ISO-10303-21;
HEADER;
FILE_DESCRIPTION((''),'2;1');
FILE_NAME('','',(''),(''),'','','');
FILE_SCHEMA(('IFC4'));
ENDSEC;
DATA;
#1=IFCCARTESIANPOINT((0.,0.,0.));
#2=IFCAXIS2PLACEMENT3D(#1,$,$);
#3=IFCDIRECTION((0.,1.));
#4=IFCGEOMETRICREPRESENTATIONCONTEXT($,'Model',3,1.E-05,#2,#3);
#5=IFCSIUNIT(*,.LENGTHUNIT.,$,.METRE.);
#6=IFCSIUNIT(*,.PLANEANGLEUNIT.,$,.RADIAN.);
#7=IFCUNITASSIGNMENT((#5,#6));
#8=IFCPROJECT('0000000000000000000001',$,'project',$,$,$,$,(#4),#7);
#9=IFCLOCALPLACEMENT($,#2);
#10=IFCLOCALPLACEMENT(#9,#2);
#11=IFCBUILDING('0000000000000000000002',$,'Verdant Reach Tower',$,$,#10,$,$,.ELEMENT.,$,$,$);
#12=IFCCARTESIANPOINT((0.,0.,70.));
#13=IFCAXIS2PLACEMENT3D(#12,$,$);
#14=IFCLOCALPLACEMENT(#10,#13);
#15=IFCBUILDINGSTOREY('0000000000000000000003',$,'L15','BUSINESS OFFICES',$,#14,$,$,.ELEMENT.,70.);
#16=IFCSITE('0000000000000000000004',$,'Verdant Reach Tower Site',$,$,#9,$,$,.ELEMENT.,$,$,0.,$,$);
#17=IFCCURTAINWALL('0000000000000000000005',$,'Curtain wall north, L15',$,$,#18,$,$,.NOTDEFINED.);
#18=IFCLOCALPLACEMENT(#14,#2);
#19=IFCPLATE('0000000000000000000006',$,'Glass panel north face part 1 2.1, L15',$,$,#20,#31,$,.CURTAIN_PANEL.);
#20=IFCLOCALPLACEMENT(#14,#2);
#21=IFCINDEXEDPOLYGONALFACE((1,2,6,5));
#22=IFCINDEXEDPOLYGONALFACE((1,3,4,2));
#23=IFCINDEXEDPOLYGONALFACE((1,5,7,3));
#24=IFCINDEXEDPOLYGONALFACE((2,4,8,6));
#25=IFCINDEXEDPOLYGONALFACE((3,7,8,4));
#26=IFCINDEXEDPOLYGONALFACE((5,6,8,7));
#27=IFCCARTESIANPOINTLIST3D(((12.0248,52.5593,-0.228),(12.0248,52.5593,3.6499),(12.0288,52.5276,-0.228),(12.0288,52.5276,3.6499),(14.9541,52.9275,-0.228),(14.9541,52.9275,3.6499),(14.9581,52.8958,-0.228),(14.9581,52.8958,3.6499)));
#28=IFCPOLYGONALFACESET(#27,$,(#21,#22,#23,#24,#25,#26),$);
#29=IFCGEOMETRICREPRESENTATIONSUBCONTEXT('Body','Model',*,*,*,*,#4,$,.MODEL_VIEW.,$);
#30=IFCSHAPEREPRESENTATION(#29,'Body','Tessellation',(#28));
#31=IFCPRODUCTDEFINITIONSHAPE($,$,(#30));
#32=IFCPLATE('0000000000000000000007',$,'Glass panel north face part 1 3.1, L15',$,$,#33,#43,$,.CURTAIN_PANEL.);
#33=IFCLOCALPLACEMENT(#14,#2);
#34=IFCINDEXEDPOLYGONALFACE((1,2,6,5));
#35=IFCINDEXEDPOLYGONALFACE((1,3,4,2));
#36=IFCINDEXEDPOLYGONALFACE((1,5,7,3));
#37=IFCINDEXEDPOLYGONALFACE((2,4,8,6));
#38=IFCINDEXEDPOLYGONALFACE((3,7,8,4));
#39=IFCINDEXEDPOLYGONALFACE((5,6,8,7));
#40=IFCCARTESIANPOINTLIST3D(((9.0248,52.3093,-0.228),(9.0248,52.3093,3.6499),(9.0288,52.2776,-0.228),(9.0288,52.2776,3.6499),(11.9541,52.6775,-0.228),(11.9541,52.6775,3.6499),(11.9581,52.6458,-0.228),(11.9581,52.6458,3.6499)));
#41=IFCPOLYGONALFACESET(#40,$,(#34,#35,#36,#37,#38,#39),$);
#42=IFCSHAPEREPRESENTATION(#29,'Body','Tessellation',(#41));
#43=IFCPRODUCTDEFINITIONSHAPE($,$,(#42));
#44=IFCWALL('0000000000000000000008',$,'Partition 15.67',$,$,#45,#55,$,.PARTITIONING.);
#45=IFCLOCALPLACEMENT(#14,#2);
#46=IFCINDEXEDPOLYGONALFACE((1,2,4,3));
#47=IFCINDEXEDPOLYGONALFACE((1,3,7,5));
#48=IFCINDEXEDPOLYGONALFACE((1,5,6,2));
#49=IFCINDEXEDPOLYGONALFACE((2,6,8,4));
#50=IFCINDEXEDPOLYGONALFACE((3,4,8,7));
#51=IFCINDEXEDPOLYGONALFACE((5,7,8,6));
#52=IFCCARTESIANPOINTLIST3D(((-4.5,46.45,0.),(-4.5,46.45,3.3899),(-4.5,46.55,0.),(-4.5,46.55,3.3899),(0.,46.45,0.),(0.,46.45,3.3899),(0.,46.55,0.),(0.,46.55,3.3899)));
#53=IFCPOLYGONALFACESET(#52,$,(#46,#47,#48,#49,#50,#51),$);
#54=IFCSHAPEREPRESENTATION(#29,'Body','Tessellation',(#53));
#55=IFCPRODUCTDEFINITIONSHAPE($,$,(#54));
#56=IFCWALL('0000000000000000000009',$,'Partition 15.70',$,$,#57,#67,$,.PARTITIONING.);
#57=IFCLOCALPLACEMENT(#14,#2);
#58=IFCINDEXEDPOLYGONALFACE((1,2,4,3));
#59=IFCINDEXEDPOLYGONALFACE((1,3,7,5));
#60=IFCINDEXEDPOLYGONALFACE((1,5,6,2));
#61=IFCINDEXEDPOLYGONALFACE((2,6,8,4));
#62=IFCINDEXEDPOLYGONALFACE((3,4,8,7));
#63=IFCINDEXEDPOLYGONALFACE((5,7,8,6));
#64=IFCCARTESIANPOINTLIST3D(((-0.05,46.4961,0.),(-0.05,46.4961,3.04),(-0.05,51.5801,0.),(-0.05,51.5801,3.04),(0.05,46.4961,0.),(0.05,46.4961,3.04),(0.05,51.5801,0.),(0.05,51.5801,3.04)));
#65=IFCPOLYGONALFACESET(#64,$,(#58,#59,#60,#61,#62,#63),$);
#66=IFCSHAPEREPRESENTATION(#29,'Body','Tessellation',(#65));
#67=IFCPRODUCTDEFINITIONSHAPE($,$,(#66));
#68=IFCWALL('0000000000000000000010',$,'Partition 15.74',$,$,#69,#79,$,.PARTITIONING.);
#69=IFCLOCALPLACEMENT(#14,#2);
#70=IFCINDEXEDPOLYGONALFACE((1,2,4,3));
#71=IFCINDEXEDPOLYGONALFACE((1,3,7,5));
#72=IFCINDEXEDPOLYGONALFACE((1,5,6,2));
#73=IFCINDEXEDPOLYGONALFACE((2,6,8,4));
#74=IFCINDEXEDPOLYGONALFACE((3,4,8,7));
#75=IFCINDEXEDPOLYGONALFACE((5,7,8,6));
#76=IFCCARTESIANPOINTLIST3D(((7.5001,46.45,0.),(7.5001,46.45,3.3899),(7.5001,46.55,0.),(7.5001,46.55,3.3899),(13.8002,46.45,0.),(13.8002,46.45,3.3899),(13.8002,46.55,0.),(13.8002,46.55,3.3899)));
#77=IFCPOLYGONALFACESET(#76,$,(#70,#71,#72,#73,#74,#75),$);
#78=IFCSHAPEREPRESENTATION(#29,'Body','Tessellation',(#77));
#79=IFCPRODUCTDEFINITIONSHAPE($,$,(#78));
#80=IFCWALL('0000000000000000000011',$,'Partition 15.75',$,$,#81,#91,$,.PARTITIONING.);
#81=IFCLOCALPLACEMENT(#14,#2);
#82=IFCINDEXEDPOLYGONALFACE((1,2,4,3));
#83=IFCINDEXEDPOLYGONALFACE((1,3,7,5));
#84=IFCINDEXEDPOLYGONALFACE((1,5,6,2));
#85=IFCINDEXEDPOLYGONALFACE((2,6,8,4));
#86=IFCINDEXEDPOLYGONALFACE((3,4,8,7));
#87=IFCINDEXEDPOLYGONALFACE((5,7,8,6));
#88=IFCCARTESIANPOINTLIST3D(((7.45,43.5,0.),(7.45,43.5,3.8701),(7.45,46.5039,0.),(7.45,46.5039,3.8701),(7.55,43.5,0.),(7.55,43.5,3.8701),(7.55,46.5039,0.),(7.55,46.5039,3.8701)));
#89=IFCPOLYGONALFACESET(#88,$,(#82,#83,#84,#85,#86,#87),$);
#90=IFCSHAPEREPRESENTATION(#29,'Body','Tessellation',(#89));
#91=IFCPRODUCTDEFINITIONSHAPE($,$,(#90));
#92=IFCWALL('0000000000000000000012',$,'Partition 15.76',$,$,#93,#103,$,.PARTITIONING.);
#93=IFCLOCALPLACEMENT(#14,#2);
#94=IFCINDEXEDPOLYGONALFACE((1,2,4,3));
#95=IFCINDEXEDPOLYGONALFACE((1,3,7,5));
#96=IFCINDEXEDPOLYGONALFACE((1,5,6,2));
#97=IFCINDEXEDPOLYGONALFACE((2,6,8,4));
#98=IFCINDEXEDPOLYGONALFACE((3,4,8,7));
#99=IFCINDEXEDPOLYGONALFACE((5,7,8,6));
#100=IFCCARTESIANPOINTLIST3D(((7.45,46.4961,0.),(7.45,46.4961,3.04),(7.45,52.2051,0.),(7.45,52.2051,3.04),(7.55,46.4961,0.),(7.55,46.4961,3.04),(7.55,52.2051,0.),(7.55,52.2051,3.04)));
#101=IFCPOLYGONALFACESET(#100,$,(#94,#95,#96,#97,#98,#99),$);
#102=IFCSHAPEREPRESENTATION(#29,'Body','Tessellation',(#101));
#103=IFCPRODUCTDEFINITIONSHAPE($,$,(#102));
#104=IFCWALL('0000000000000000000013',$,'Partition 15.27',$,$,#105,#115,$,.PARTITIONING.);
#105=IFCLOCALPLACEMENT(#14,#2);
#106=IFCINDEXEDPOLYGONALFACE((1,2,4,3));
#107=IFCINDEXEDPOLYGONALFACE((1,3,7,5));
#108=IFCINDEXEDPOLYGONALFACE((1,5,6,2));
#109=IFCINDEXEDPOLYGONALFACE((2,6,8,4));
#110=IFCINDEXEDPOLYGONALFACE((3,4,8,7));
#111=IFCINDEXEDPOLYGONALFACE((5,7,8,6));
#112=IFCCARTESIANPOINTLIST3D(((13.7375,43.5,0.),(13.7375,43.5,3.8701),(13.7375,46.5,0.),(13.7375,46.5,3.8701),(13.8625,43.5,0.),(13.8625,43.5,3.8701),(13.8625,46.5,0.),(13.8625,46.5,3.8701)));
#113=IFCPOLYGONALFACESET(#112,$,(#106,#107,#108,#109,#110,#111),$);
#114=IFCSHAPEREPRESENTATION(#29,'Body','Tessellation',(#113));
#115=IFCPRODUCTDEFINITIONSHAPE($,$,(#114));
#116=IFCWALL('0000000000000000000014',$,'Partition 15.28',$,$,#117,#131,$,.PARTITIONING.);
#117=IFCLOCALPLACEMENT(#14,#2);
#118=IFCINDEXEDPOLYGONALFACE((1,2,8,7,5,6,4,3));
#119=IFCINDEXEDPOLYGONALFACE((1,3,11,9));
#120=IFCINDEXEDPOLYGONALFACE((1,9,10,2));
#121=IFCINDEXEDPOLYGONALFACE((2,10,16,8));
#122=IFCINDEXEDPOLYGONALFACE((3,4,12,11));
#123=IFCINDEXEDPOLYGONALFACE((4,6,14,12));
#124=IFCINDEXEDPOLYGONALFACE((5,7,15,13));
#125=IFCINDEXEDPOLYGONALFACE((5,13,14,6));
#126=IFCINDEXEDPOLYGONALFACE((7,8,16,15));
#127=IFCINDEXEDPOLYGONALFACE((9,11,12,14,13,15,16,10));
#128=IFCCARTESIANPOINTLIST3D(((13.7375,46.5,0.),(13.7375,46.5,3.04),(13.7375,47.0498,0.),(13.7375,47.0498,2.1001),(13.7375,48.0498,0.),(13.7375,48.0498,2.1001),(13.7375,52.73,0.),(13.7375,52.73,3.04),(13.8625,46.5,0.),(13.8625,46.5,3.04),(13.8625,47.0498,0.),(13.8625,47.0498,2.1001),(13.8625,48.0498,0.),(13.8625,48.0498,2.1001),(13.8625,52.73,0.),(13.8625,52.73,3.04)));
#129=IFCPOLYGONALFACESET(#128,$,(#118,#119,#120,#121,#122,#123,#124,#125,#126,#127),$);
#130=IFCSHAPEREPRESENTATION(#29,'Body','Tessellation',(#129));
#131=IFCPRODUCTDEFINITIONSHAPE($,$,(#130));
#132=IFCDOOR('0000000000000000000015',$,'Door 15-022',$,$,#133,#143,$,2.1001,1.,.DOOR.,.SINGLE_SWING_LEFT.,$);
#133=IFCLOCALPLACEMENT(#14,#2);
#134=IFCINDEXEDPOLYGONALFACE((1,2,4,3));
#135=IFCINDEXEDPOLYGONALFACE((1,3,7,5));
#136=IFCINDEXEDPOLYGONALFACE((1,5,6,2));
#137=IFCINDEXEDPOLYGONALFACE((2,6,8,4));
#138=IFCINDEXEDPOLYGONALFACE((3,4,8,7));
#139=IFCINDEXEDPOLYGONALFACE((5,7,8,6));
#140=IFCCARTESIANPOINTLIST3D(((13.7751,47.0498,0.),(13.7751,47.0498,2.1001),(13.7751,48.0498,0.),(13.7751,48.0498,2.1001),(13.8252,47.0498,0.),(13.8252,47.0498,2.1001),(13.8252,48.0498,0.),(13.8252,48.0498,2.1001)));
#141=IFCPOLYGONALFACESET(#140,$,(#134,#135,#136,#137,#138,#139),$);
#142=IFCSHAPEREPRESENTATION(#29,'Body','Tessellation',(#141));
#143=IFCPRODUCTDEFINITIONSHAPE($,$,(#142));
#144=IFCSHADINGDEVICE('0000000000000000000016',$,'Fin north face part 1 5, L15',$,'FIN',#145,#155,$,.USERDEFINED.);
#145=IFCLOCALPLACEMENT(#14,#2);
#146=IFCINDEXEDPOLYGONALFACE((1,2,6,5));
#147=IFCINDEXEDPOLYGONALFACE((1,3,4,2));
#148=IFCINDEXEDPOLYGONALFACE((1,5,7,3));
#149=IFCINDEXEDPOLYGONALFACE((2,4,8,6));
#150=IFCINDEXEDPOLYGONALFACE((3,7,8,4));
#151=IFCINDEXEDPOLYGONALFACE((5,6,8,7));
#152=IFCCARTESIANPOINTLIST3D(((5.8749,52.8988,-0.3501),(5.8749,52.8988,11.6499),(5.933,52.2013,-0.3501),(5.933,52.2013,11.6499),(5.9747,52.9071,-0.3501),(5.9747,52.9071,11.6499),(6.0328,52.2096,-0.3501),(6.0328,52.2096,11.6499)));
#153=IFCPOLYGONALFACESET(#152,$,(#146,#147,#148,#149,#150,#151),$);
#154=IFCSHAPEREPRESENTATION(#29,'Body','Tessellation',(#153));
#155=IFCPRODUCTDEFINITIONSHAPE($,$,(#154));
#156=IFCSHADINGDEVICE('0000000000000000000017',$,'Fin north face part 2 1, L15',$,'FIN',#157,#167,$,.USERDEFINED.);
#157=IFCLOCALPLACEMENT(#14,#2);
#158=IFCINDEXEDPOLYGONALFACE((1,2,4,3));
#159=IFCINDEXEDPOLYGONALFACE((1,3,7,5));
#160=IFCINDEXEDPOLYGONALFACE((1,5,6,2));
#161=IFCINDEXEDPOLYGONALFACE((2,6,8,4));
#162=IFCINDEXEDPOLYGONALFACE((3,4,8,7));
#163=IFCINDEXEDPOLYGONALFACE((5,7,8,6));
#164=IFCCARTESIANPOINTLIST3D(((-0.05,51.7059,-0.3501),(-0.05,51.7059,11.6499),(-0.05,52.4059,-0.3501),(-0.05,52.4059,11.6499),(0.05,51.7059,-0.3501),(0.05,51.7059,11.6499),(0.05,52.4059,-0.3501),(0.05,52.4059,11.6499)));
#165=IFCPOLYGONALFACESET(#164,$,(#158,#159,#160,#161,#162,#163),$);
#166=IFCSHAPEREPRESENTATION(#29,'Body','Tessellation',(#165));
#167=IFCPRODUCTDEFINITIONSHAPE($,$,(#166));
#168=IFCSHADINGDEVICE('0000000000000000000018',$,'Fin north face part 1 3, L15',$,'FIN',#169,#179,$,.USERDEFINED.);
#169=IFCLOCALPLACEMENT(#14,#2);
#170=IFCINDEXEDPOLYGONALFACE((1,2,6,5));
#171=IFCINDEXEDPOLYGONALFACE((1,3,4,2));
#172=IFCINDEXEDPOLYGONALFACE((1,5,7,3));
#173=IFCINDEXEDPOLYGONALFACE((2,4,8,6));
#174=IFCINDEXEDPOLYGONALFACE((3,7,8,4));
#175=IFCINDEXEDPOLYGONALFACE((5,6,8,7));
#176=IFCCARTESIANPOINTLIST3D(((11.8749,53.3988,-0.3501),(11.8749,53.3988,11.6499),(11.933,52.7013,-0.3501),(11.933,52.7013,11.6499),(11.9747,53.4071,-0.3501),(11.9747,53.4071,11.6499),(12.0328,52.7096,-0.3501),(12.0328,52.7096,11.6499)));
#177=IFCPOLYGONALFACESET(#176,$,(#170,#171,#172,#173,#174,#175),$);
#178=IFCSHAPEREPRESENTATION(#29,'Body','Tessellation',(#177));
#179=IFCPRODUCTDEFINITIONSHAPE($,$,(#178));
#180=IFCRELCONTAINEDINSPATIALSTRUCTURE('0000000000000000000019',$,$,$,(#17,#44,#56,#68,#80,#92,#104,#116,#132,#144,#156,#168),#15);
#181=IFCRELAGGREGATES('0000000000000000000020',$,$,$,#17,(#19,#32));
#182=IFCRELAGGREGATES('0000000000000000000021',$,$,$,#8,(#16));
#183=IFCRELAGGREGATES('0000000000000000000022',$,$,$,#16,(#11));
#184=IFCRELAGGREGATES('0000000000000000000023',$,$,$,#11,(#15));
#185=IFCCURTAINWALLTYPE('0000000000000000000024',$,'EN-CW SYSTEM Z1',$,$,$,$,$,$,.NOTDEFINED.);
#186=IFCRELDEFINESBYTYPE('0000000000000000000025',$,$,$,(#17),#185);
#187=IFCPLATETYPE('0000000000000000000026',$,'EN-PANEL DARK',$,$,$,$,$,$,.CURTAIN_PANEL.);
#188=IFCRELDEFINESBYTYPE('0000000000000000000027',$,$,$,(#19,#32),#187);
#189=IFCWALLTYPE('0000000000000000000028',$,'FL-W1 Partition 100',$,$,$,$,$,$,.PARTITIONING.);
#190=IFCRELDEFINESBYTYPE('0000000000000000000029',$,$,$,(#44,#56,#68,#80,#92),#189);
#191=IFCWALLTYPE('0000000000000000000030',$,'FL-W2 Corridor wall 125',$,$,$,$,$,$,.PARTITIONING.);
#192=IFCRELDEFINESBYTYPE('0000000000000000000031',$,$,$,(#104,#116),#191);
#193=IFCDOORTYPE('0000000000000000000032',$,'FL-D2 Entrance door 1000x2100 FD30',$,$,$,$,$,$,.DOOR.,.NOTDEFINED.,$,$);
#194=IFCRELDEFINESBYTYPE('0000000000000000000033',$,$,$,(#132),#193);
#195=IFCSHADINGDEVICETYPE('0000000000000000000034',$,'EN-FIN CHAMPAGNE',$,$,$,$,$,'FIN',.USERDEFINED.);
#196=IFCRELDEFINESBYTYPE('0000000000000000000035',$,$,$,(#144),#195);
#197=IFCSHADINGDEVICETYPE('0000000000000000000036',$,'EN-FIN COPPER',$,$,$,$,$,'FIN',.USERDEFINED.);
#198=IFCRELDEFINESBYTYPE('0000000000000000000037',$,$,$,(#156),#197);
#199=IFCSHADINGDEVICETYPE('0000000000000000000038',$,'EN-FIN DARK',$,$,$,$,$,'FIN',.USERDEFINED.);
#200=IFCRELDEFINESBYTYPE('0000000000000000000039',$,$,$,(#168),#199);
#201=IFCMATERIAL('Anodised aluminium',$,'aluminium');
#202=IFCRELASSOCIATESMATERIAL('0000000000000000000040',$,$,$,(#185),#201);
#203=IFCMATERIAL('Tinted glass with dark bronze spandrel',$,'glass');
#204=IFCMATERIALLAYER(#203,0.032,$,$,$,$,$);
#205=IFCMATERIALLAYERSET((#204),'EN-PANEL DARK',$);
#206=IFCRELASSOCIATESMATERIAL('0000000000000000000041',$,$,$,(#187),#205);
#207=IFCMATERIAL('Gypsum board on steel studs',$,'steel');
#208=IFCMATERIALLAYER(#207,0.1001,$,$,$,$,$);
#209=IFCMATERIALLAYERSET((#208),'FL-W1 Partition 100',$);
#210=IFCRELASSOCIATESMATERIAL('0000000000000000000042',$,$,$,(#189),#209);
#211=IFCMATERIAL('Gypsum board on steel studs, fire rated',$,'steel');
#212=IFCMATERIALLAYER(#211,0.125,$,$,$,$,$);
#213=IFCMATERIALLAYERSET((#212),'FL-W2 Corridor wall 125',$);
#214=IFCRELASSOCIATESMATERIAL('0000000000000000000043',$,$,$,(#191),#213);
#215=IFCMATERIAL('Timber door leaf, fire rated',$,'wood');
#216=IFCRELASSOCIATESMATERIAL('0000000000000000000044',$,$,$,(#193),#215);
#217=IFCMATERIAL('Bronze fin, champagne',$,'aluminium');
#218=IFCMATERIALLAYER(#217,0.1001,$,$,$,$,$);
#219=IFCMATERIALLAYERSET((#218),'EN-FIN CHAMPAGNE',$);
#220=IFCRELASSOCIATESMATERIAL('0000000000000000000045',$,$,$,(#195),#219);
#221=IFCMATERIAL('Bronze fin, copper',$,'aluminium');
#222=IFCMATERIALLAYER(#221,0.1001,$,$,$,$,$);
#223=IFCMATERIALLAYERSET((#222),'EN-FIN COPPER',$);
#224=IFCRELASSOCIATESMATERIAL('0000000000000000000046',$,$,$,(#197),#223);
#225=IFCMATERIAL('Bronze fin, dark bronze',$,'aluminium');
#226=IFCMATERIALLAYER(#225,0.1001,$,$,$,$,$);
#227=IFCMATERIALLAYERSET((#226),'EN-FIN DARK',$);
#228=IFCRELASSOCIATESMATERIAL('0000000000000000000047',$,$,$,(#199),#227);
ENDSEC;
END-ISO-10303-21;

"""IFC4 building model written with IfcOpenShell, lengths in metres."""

from ifc_helpers import new_model, si_unit, direction, frame, frame_2d, origin, origin_2d, place, context, subcontext, project, spatial, rectangle, extrude, material, layer, layer_set, type_object, element, fill, aggregate, save


model = new_model("IFC4")

# Units and contexts
model_context = context("Model", 3, precision=1e-05, world=origin(), true_north=direction((0.0, 1.0)))
body_context = subcontext(model_context, "Body", "Model", "MODEL_VIEW")
ifc_project = project(units=[si_unit("LENGTHUNIT", "METRE"), si_unit("PLANEANGLEUNIT", "RADIAN")], contexts=[model_context])

# Site, building, storey
site_placement = place(None, origin())
site = spatial("IfcSite", under=ifc_project, at=site_placement, Name="Verdant Reach Tower Site", CompositionType="ELEMENT", RefElevation=0.0)
building_placement = place(site_placement, origin())
building = spatial("IfcBuilding", under=site, at=building_placement, Name="Verdant Reach Tower", CompositionType="ELEMENT")
storey_placement = place(building_placement, frame((0.0, 0.0, 70.0)))
storey = spatial("IfcBuildingStorey", under=building, at=storey_placement, Name="L15", Description="BUSINESS OFFICES", CompositionType="ELEMENT", Elevation=70.0)

# Curtain wall
ifc_material_1 = material(Name="Anodised aluminium", Category="aluminium")
curtain_wall_type = type_object("IfcCurtainWallType", Name="EN-CW SYSTEM Z1", PredefinedType="NOTDEFINED", material=ifc_material_1)
curtain_wall_placement = place(storey_placement, origin())
curtain_wall = element("IfcCurtainWall", 1, at=curtain_wall_placement, inside=storey, type_object=curtain_wall_type, Name="Curtain wall north, L15", PredefinedType="NOTDEFINED")

# Plates
ifc_material_2 = material(Name="Tinted glass with dark bronze spandrel", Category="glass")
ifc_layer_1 = layer(ifc_material_2, 0.032)
ifc_layer_set_1 = layer_set([ifc_layer_1], Name="EN-PANEL DARK")
plate_type_1 = type_object("IfcPlateType", Name="EN-PANEL DARK", PredefinedType="CURTAIN_PANEL", material=ifc_layer_set_1)
plate_1_placement = place(storey_placement, frame((13.4915, 52.7275, -0.228), z_axis=(0.0, 0.0, 1.0), x_axis=(-0.992194, -0.124704, 0.0)))
plate_1 = element("IfcPlate", 2, at=plate_1_placement, type_object=plate_type_1, Name="Glass panel north face part 1 2.1, L15", PredefinedType="CURTAIN_PANEL", context=body_context, shape_type="SweptSolid", body=[
    extrude(rectangle(XDim=2.9524, YDim=0.032, at=origin_2d()), origin(), (0.0, 0.0, 1.0), 3.8779),
])
plate_2_placement = place(storey_placement, frame((10.4915, 52.4775, -0.228), z_axis=(0.0, 0.0, 1.0), x_axis=(-0.992194, -0.124704, 0.0)))
plate_2 = element("IfcPlate", 3, at=plate_2_placement, type_object=plate_type_1, Name="Glass panel north face part 1 3.1, L15", PredefinedType="CURTAIN_PANEL", context=body_context, shape_type="SweptSolid", body=[
    extrude(rectangle(XDim=2.9524, YDim=0.032, at=origin_2d()), origin(), (0.0, 0.0, 1.0), 3.8779),
])
aggregate(curtain_wall, [plate_1, plate_2])

# Walls
ifc_material_3 = material(Name="Gypsum board on steel studs", Category="steel")
ifc_layer_2 = layer(ifc_material_3, 0.1001)
ifc_layer_set_2 = layer_set([ifc_layer_2], Name="FL-W1 Partition 100")
wall_type_1 = type_object("IfcWallType", Name="FL-W1 Partition 100", PredefinedType="PARTITIONING", material=ifc_layer_set_2)
wall_1_placement = place(storey_placement, frame((0.0, 46.5, 0.0), z_axis=(0.0, 0.0, 1.0), x_axis=(-1.0, 0.0, 0.0)))
element("IfcWall", 4, at=wall_1_placement, inside=storey, type_object=wall_type_1, Name="Partition 15.67", PredefinedType="PARTITIONING", context=body_context, shape_type="SweptSolid", body=[
    extrude(rectangle(XDim=4.5, YDim=0.1001, at=frame_2d((2.25, 0.0))), origin(), (0.0, 0.0, 1.0), 3.3899),
])
wall_2_placement = place(storey_placement, frame((0.0, 46.4961, 0.0), z_axis=(0.0, 0.0, 1.0), x_axis=(0.0, 1.0, 0.0)))
element("IfcWall", 5, at=wall_2_placement, inside=storey, type_object=wall_type_1, Name="Partition 15.70", PredefinedType="PARTITIONING", context=body_context, shape_type="SweptSolid", body=[
    extrude(rectangle(XDim=5.084, YDim=0.1001, at=frame_2d((2.542, 0.0))), origin(), (0.0, 0.0, 1.0), 3.04),
])
wall_3_placement = place(storey_placement, frame((13.8, 46.5, 0.0), z_axis=(0.0, 0.0, 1.0), x_axis=(-1.0, 0.0, 0.0)))
element("IfcWall", 6, at=wall_3_placement, inside=storey, type_object=wall_type_1, Name="Partition 15.74", PredefinedType="PARTITIONING", context=body_context, shape_type="SweptSolid", body=[
    extrude(rectangle(XDim=6.3, YDim=0.1001, at=frame_2d((3.1499, 0.0))), origin(), (0.0, 0.0, 1.0), 3.3899),
])
wall_4_placement = place(storey_placement, frame((7.5, 46.5039, 0.0), z_axis=(0.0, 0.0, 1.0), x_axis=(0.0, -1.0, 0.0)))
element("IfcWall", 7, at=wall_4_placement, inside=storey, type_object=wall_type_1, Name="Partition 15.75", PredefinedType="PARTITIONING", context=body_context, shape_type="SweptSolid", body=[
    extrude(rectangle(XDim=3.0039, YDim=0.1001, at=frame_2d((1.502, 0.0))), origin(), (0.0, 0.0, 1.0), 3.8701),
])
wall_5_placement = place(storey_placement, frame((7.5, 52.2051, 0.0), z_axis=(0.0, 0.0, 1.0), x_axis=(0.0, -1.0, 0.0)))
element("IfcWall", 8, at=wall_5_placement, inside=storey, type_object=wall_type_1, Name="Partition 15.76", PredefinedType="PARTITIONING", context=body_context, shape_type="SweptSolid", body=[
    extrude(rectangle(XDim=5.709, YDim=0.1001, at=frame_2d((2.8545, 0.0))), origin(), (0.0, 0.0, 1.0), 3.04),
])
ifc_material_4 = material(Name="Gypsum board on steel studs, fire rated", Category="steel")
ifc_layer_3 = layer(ifc_material_4, 0.125)
ifc_layer_set_3 = layer_set([ifc_layer_3], Name="FL-W2 Corridor wall 125")
wall_type_2 = type_object("IfcWallType", Name="FL-W2 Corridor wall 125", PredefinedType="PARTITIONING", material=ifc_layer_set_3)
wall_6_placement = place(storey_placement, frame((13.8, 46.5, 0.0), z_axis=(0.0, 0.0, 1.0), x_axis=(0.0, -1.0, 0.0)))
element("IfcWall", 9, at=wall_6_placement, inside=storey, type_object=wall_type_2, Name="Partition 15.27", PredefinedType="PARTITIONING", context=body_context, shape_type="SweptSolid", body=[
    extrude(rectangle(XDim=3.0, YDim=0.125, at=frame_2d((1.5, 0.0))), origin(), (0.0, 0.0, 1.0), 3.8701),
])

# Wall, opening, door
wall_7_placement = place(storey_placement, frame((13.8, 46.5, 0.0), z_axis=(0.0, 0.0, 1.0), x_axis=(0.0, 1.0, 0.0)))
wall_7 = element("IfcWall", 10, at=wall_7_placement, inside=storey, type_object=wall_type_2, Name="Partition 15.28", PredefinedType="PARTITIONING", context=body_context, shape_type="SweptSolid", body=[
    extrude(rectangle(XDim=6.23, YDim=0.125, at=frame_2d((3.115, 0.0))), origin(), (0.0, 0.0, 1.0), 3.04),
])
opening_placement = place(wall_7_placement, frame((0.5498, 0.0, 0.0)))
opening = element("IfcOpeningElement", 11, at=opening_placement, cuts=wall_7, PredefinedType="OPENING", context=body_context, shape_type="SweptSolid", body=[
    extrude(rectangle(XDim=1.0, YDim=2.1001, at=frame_2d((0.5, 1.05))), frame((0.0, 0.0725, 0.0), z_axis=(0.0, -1.0, 0.0), x_axis=(1.0, 0.0, 0.0)), (0.0, 0.0, 1.0), 0.145),
])
ifc_material_5 = material(Name="Timber door leaf, fire rated", Category="wood")
door_type = type_object("IfcDoorType", Name="FL-D2 Entrance door 1000x2100 FD30", OperationType="NOTDEFINED", PredefinedType="DOOR", material=ifc_material_5)
door_placement = place(opening_placement, origin())
door = element("IfcDoor", 12, at=door_placement, inside=storey, type_object=door_type, Name="Door 15-022", OperationType="SINGLE_SWING_LEFT", OverallHeight=2.1001, OverallWidth=1.0, PredefinedType="DOOR", context=body_context, shape_type="SweptSolid", body=[
    extrude(rectangle(XDim=1.0, YDim=2.1001, at=frame_2d((0.5, 1.05))), frame((0.0, 0.0249, 0.0), z_axis=(0.0, -1.0, 0.0), x_axis=(1.0, 0.0, 0.0)), (0.0, 0.0, 1.0), 0.05),
])
fill(opening, door)

# Shading devices
ifc_material_6 = material(Name="Bronze fin, champagne", Category="aluminium")
ifc_layer_4 = layer(ifc_material_6, 0.1001)
ifc_layer_set_4 = layer_set([ifc_layer_4], Name="EN-FIN CHAMPAGNE")
shading_device_type_1 = type_object("IfcShadingDeviceType", Name="EN-FIN CHAMPAGNE", ElementType="FIN", PredefinedType="USERDEFINED", material=ifc_layer_set_4)
shading_device_1_placement = place(storey_placement, frame((5.9539, 52.5542, -0.3501), z_axis=(0.0, 0.0, 1.0), x_axis=(-0.996546, -0.083045, 0.0)))
element("IfcShadingDevice", 13, at=shading_device_1_placement, inside=storey, type_object=shading_device_type_1, Name="Fin north face part 1 5, L15", ObjectType="FIN", PredefinedType="USERDEFINED", context=body_context, shape_type="SweptSolid", body=[
    extrude(rectangle(XDim=0.1001, YDim=0.7, at=origin_2d()), origin(), (0.0, 0.0, 1.0), 12.0),
])
ifc_material_7 = material(Name="Bronze fin, copper", Category="aluminium")
ifc_layer_5 = layer(ifc_material_7, 0.1001)
ifc_layer_set_5 = layer_set([ifc_layer_5], Name="EN-FIN COPPER")
shading_device_type_2 = type_object("IfcShadingDeviceType", Name="EN-FIN COPPER", ElementType="FIN", PredefinedType="USERDEFINED", material=ifc_layer_set_5)
shading_device_2_placement = place(storey_placement, frame((0.0, 52.0559, -0.3501), z_axis=(0.0, 0.0, 1.0), x_axis=(-1.0, 0.0, 0.0)))
element("IfcShadingDevice", 14, at=shading_device_2_placement, inside=storey, type_object=shading_device_type_2, Name="Fin north face part 2 1, L15", ObjectType="FIN", PredefinedType="USERDEFINED", context=body_context, shape_type="SweptSolid", body=[
    extrude(rectangle(XDim=0.1001, YDim=0.7, at=origin_2d()), origin(), (0.0, 0.0, 1.0), 12.0),
])
ifc_material_8 = material(Name="Bronze fin, dark bronze", Category="aluminium")
ifc_layer_6 = layer(ifc_material_8, 0.1001)
ifc_layer_set_6 = layer_set([ifc_layer_6], Name="EN-FIN DARK")
shading_device_type_3 = type_object("IfcShadingDeviceType", Name="EN-FIN DARK", ElementType="FIN", PredefinedType="USERDEFINED", material=ifc_layer_set_6)
shading_device_3_placement = place(storey_placement, frame((11.9539, 53.0542, -0.3501), z_axis=(0.0, 0.0, 1.0), x_axis=(-0.996546, -0.083045, 0.0)))
element("IfcShadingDevice", 15, at=shading_device_3_placement, inside=storey, type_object=shading_device_type_3, Name="Fin north face part 1 3, L15", ObjectType="FIN", PredefinedType="USERDEFINED", context=body_context, shape_type="SweptSolid", body=[
    extrude(rectangle(XDim=0.1001, YDim=0.7, at=origin_2d()), origin(), (0.0, 0.0, 1.0), 12.0),
])

save(model, "model.ifc")
